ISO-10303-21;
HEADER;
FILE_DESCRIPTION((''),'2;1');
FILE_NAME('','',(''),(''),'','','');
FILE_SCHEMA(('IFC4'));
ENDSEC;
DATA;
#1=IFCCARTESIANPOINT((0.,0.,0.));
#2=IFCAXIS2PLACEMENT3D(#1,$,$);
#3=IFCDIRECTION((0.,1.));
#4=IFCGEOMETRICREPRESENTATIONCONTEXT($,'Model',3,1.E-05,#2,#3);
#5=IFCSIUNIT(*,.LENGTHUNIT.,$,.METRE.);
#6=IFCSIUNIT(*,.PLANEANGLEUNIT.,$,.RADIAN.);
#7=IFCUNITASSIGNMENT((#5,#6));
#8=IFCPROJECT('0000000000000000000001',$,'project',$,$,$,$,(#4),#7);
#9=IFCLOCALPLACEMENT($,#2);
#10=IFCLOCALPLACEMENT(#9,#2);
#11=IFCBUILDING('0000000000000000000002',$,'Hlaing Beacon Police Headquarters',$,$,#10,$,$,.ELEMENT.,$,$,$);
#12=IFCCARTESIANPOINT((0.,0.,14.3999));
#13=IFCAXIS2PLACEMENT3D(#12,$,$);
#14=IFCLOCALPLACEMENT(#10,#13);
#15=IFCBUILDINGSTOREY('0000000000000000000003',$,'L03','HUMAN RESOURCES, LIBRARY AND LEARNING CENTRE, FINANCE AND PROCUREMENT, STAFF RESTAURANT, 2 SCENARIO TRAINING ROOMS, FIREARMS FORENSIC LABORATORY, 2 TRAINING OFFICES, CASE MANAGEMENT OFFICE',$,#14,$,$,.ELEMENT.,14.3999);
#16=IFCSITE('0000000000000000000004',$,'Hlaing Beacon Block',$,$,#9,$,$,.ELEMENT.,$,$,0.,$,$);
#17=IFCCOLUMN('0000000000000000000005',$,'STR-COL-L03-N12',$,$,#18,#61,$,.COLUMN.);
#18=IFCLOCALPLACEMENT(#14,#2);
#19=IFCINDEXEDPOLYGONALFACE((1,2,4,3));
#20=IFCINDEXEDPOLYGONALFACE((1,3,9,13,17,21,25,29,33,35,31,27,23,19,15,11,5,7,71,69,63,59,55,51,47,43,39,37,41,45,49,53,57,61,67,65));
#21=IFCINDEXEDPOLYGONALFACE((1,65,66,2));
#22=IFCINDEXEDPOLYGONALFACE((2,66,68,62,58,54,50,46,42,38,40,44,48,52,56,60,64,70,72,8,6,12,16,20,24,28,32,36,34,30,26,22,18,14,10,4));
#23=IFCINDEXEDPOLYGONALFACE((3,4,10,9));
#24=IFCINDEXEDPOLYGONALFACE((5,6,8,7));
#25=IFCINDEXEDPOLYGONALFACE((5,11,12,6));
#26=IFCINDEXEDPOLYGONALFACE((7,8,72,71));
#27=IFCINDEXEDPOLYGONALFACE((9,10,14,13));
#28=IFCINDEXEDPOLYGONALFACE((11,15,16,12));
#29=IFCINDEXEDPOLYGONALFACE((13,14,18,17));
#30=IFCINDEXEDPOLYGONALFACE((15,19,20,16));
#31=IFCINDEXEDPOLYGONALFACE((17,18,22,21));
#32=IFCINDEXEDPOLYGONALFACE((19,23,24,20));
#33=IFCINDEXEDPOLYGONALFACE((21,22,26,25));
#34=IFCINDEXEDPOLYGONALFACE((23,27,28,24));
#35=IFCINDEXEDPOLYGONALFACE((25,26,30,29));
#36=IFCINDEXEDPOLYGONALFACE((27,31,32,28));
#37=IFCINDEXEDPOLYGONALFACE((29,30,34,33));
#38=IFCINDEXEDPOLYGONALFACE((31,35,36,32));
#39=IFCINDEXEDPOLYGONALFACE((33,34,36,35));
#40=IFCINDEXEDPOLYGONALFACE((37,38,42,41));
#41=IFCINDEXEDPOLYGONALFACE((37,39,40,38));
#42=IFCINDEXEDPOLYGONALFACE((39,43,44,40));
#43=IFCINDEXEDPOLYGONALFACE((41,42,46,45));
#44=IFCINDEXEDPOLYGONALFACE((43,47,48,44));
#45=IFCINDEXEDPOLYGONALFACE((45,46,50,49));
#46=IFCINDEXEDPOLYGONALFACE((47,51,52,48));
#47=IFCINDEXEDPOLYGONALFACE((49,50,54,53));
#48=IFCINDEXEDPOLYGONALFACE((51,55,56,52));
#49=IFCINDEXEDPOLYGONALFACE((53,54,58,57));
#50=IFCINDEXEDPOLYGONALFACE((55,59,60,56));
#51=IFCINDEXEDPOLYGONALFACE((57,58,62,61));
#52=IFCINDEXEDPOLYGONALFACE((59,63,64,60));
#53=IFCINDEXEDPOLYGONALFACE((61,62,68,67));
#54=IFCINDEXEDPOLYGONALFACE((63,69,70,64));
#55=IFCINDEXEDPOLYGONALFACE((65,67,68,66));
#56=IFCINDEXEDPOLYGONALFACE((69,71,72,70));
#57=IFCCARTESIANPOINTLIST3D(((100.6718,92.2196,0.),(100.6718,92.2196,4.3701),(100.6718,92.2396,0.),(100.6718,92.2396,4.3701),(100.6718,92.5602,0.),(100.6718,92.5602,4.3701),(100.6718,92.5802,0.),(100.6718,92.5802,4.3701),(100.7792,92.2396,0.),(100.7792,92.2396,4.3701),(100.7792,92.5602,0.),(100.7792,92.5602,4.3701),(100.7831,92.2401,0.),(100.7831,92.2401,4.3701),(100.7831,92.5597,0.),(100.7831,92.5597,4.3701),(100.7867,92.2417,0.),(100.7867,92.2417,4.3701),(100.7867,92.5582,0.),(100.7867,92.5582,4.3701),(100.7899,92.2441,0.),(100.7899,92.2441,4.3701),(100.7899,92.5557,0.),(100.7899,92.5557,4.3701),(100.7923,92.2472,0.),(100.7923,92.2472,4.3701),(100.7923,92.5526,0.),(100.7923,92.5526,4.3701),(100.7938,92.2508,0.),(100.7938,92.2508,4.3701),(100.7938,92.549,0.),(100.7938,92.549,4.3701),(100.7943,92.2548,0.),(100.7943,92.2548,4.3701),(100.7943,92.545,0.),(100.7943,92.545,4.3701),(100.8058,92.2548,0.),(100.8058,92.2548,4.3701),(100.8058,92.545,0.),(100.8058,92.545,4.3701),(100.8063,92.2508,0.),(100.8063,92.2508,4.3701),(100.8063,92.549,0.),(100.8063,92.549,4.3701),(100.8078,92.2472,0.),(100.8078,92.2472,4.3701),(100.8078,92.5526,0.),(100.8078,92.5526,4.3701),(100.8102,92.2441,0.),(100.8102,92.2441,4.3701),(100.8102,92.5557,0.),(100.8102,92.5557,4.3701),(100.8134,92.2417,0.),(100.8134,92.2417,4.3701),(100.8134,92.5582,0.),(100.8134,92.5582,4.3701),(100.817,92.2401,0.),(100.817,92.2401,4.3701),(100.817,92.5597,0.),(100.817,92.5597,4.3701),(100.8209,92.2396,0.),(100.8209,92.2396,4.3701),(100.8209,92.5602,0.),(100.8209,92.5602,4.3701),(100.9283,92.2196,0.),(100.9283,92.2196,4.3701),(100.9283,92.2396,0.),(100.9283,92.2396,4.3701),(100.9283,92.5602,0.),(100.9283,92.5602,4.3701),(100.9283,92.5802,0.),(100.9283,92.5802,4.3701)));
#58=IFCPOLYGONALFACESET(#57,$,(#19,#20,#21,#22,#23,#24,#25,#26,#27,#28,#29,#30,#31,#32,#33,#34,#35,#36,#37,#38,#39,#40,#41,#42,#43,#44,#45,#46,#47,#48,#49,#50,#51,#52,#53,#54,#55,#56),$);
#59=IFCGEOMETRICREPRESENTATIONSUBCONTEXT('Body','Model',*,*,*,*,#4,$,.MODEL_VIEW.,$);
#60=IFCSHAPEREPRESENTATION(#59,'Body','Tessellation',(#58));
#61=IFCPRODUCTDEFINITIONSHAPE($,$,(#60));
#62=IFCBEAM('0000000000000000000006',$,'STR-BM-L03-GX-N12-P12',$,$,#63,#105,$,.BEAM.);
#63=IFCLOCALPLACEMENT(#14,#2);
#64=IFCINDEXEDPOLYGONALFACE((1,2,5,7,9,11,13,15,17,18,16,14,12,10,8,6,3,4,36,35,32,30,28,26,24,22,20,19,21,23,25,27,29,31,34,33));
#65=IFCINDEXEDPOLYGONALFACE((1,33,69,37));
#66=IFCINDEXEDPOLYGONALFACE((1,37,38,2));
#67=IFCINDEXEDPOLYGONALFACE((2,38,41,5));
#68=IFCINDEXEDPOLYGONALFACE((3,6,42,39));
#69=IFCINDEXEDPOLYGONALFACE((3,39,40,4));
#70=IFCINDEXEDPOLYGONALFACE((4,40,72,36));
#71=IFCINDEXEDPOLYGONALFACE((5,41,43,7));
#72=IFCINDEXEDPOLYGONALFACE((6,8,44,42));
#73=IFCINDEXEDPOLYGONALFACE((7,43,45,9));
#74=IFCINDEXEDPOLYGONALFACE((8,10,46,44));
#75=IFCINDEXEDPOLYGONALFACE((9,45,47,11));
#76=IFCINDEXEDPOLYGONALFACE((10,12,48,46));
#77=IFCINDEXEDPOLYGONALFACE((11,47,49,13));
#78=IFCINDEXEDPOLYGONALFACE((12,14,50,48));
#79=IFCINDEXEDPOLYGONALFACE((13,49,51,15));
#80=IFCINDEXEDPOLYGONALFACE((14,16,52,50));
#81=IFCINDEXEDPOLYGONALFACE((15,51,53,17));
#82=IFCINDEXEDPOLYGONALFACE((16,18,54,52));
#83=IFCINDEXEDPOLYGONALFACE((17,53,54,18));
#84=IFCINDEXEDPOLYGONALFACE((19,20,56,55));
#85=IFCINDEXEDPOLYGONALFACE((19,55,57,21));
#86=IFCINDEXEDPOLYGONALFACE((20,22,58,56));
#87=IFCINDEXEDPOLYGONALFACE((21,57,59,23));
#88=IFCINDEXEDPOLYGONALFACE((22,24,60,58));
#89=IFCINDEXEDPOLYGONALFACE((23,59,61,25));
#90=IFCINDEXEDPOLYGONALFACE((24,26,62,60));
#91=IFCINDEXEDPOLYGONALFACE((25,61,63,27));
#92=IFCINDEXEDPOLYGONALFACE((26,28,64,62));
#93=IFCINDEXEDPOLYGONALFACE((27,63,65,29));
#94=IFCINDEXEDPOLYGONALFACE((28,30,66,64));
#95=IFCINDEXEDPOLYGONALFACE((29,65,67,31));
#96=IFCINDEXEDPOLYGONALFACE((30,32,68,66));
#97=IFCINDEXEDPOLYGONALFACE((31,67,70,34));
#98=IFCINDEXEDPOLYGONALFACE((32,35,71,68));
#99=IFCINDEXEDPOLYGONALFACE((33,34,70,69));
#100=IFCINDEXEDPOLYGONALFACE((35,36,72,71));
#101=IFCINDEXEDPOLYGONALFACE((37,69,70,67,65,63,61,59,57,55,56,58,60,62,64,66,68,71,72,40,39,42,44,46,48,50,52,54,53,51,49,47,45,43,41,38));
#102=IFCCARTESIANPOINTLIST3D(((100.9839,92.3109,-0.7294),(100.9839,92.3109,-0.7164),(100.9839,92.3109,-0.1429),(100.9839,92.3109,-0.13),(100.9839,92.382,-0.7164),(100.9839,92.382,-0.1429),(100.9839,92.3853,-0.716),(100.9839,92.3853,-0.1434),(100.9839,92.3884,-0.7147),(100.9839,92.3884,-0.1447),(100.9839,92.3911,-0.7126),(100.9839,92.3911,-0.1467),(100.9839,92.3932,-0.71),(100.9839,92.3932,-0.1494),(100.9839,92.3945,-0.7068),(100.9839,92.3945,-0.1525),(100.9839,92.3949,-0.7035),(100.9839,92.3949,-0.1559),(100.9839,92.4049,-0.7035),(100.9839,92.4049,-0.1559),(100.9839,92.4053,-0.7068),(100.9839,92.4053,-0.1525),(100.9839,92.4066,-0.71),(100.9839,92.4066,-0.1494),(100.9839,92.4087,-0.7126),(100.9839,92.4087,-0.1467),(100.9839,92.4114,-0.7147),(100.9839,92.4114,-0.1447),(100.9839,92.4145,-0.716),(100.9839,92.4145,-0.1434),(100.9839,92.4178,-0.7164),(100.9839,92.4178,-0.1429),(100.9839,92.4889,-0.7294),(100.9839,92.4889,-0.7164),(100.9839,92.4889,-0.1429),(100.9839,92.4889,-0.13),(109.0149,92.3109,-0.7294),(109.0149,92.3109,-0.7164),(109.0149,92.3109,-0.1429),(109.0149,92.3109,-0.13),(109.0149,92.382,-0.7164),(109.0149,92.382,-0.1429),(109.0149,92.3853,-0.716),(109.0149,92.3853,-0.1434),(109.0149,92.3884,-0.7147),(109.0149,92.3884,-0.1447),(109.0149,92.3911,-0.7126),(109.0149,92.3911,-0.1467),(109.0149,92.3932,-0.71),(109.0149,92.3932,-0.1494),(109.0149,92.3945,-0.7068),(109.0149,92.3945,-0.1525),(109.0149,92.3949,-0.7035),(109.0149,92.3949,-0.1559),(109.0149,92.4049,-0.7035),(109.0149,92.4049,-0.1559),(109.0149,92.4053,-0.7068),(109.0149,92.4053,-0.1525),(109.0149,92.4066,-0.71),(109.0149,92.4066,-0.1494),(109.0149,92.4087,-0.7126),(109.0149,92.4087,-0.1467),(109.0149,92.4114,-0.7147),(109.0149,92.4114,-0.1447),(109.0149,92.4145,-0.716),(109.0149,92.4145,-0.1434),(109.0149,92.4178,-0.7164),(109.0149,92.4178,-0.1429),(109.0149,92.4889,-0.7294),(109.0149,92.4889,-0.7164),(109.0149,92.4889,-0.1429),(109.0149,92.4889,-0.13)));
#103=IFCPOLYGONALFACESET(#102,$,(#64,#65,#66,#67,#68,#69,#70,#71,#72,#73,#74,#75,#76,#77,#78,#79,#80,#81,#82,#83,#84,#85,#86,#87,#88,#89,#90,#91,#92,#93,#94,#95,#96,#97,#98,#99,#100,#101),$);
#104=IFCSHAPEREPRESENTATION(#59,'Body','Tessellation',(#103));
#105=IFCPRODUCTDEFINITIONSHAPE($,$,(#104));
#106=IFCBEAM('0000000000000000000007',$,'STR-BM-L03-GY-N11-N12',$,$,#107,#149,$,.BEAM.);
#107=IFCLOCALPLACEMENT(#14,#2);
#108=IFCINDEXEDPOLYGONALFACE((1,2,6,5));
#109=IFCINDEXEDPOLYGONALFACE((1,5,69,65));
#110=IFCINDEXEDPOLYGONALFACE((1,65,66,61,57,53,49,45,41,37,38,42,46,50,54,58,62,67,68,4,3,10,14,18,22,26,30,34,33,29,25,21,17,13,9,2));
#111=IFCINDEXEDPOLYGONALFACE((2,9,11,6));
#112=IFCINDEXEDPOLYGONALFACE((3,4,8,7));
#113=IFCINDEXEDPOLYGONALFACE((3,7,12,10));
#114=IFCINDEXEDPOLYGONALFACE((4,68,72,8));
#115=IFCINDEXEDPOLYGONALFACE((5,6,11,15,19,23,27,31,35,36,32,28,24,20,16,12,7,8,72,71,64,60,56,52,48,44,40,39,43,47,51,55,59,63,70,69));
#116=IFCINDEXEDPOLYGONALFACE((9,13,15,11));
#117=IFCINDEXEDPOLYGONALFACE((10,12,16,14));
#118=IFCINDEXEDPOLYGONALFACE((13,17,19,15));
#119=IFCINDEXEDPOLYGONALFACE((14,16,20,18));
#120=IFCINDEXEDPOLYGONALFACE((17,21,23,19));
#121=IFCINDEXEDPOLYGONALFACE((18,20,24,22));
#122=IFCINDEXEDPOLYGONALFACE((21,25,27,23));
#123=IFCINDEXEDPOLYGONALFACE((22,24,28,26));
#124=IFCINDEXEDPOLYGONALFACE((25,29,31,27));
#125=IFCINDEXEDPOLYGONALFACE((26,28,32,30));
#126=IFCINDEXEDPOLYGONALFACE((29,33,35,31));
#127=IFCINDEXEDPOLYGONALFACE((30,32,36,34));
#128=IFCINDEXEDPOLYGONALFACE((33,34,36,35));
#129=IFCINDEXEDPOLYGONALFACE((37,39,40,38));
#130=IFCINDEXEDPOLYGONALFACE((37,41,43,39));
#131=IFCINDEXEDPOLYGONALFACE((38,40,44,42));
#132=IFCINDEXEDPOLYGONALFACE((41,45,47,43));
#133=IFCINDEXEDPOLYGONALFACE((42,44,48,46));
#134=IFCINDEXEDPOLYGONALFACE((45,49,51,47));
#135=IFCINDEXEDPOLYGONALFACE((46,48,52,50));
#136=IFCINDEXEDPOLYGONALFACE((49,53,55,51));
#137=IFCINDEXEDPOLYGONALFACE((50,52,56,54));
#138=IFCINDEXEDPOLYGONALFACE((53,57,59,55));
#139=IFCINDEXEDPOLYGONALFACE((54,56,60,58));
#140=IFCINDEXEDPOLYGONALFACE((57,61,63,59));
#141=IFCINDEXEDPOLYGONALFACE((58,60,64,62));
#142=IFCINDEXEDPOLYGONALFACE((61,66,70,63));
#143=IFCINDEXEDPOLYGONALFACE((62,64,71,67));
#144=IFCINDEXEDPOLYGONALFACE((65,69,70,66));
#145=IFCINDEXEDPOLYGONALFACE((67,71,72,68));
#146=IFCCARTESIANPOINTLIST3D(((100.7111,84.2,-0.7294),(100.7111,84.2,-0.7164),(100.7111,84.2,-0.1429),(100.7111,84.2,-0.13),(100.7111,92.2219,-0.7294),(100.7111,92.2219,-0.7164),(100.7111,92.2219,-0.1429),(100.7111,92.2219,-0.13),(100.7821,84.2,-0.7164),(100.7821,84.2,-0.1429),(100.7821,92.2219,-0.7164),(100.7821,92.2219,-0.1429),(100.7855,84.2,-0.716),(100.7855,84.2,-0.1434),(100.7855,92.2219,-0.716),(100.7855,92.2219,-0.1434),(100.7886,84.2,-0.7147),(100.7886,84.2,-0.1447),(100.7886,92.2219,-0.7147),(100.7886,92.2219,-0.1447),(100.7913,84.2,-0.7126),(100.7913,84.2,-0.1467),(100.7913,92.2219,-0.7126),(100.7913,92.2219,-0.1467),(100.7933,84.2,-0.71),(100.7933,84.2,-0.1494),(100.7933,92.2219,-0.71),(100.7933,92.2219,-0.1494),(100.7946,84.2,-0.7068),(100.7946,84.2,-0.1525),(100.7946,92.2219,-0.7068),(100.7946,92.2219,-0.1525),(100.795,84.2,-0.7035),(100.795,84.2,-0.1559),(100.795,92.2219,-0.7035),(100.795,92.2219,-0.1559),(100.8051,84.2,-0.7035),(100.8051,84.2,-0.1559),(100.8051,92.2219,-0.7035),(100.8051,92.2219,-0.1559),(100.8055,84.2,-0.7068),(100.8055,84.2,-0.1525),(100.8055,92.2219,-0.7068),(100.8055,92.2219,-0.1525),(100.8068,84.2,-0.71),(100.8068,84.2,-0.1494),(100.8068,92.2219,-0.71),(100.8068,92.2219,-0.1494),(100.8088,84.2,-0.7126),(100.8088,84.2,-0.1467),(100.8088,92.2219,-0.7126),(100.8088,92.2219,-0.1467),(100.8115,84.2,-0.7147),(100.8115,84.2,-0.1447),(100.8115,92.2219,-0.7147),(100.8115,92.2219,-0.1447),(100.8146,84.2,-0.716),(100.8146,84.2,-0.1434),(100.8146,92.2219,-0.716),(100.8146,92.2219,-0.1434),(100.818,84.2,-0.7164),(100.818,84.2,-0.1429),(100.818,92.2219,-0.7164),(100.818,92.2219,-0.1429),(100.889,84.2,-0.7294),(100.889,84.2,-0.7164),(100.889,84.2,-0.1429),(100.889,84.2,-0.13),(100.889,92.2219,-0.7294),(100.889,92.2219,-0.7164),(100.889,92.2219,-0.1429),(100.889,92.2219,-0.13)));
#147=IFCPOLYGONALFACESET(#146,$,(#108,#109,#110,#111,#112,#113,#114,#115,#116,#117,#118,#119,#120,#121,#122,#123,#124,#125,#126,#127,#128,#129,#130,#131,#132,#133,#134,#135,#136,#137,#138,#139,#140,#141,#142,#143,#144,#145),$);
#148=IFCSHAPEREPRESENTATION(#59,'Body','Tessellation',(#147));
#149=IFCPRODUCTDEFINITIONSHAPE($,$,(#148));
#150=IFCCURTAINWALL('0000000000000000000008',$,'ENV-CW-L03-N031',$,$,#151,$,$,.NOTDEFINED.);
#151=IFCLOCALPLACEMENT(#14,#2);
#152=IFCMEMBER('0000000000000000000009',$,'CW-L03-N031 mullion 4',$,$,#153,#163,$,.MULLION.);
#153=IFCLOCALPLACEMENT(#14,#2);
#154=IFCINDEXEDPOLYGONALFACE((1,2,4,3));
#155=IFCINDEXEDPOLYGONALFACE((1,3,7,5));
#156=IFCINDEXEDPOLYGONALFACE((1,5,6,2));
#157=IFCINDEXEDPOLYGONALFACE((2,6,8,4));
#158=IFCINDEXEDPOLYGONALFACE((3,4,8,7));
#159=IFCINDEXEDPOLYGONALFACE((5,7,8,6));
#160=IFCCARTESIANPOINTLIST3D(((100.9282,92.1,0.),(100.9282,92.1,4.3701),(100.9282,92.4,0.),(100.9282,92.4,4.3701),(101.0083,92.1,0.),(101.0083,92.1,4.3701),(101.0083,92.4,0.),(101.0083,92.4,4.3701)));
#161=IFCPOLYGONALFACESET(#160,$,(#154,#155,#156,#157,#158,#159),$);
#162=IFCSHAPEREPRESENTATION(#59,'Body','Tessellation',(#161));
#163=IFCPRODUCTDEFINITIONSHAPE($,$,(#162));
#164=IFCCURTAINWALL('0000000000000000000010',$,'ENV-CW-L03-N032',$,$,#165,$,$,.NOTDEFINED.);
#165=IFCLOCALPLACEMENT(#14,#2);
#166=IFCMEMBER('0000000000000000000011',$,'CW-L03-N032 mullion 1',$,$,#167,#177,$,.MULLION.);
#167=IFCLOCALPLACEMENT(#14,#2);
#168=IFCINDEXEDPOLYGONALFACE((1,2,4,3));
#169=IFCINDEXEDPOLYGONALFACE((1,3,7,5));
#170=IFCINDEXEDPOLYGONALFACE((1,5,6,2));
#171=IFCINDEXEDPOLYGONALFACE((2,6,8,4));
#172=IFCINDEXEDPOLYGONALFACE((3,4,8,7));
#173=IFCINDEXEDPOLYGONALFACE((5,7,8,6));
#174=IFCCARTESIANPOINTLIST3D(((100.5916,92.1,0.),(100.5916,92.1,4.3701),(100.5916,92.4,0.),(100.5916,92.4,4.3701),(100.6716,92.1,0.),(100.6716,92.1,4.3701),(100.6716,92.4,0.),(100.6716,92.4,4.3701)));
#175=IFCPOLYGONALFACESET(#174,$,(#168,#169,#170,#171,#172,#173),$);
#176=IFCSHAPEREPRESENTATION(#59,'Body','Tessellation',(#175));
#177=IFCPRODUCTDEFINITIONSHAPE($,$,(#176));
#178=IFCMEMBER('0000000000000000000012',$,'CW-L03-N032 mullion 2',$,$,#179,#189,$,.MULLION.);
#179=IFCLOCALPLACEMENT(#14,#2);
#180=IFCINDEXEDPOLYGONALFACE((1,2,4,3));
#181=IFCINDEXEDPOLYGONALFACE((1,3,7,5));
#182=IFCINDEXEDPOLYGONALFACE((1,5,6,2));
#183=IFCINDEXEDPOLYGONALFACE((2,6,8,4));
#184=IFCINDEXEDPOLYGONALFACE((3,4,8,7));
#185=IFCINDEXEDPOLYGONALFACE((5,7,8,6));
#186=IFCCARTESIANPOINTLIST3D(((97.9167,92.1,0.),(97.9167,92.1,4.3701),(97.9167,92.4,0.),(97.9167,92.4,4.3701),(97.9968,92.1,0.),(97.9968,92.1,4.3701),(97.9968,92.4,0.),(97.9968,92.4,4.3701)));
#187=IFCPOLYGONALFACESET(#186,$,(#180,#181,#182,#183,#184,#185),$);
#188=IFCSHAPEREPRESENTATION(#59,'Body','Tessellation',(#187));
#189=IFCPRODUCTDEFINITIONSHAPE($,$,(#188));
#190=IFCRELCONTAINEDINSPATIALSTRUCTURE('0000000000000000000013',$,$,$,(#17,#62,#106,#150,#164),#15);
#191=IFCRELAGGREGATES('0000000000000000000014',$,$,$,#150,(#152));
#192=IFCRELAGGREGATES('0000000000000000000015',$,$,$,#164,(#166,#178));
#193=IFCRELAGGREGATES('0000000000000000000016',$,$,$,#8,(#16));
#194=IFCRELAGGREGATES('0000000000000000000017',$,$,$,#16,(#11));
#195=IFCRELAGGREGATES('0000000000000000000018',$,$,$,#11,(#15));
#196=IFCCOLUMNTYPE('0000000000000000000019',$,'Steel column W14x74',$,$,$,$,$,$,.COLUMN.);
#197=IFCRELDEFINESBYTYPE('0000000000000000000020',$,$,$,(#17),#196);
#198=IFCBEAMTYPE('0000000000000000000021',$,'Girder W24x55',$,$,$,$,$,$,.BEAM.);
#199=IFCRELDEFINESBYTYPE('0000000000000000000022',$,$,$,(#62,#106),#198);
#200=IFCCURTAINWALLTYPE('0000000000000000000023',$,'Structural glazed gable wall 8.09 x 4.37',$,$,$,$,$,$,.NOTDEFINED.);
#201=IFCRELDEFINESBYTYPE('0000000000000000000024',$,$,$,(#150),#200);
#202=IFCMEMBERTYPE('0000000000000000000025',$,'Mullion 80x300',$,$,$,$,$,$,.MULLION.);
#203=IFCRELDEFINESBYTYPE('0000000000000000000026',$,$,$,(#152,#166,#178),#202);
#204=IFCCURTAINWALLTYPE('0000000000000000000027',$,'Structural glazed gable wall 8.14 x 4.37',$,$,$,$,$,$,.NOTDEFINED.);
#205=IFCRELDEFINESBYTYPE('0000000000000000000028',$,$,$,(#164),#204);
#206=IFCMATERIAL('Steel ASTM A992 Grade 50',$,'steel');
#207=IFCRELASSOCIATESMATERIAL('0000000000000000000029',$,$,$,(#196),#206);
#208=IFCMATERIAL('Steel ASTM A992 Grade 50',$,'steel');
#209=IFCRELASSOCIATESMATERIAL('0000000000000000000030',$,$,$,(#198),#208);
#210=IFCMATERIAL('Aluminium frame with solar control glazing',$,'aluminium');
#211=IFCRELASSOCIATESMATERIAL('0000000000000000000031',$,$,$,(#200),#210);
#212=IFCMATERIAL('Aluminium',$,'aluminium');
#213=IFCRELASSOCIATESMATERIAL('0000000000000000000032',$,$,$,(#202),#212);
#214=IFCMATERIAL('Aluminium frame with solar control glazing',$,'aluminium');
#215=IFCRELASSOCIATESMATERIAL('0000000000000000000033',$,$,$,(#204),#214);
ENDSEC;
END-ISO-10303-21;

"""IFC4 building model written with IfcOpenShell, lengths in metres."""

from ifc_helpers import new_model, si_unit, direction, frame, origin, origin_2d, place, context, subcontext, project, spatial, rectangle, i_section, extrude, material, material_profile, profile_set, type_object, element, aggregate, save


model = new_model("IFC4")

# Units and contexts
model_context = context("Model", 3, precision=1e-05, world=origin(), true_north=direction((0.0, 1.0)))
body_context = subcontext(model_context, "Body", "Model", "MODEL_VIEW")
ifc_project = project(units=[si_unit("LENGTHUNIT", "METRE"), si_unit("PLANEANGLEUNIT", "RADIAN")], contexts=[model_context])

# Site, building, storey
site_placement = place(None, origin())
site = spatial("IfcSite", under=ifc_project, at=site_placement, Name="Hlaing Beacon Block", CompositionType="ELEMENT", RefElevation=0.0)
building_placement = place(site_placement, origin())
building = spatial("IfcBuilding", under=site, at=building_placement, Name="Hlaing Beacon Police Headquarters", CompositionType="ELEMENT")
storey_placement = place(building_placement, frame((0.0, 0.0, 14.3999)))
storey = spatial("IfcBuildingStorey", under=building, at=storey_placement, Name="L03", Description="HUMAN RESOURCES, LIBRARY AND LEARNING CENTRE, FINANCE AND PROCUREMENT, STAFF RESTAURANT, 2 SCENARIO TRAINING ROOMS, FIREARMS FORENSIC LABORATORY, 2 TRAINING OFFICES, CASE MANAGEMENT OFFICE", CompositionType="ELEMENT", Elevation=14.3999)

# Column
ifc_material_1 = material(Name="Steel ASTM A992 Grade 50", Category="steel")
ifc_material_profile_1 = material_profile(ifc_material_1, i_section(OverallWidth=0.2566, OverallDepth=0.3606, WebThickness=0.0115, FlangeThickness=0.02, FilletRadius=0.0151, at=origin_2d()), Name="W14x74")
ifc_profile_set_1 = profile_set([ifc_material_profile_1], Name="Steel ASTM A992 Grade 50")
column_type = type_object("IfcColumnType", Name="Steel column W14x74", PredefinedType="COLUMN", material=ifc_profile_set_1)
column_placement = place(storey_placement, frame((100.8, 92.3999, 0.0), z_axis=(0.0, 0.0, 1.0), x_axis=(1.0, 0.0, 0.0)))
element("IfcColumn", 1, at=column_placement, inside=storey, type_object=column_type, Name="STR-COL-L03-N12", PredefinedType="COLUMN", context=body_context, shape_type="SweptSolid", body=[
    extrude(i_section(OverallWidth=0.2566, OverallDepth=0.3606, WebThickness=0.0115, FlangeThickness=0.02, FilletRadius=0.0151, at=origin_2d()), origin(), (0.0, 0.0, 1.0), 4.3701),
])

# Beams
ifc_material_2 = material(Name="Steel ASTM A992 Grade 50", Category="steel")
ifc_material_profile_2 = material_profile(ifc_material_2, i_section(OverallWidth=0.178, OverallDepth=0.5994, WebThickness=0.01, FlangeThickness=0.0129, FilletRadius=0.0129, at=origin_2d()), Name="W24x55")
ifc_profile_set_2 = profile_set([ifc_material_profile_2], Name="Steel ASTM A992 Grade 50")
beam_type_1 = type_object("IfcBeamType", Name="Girder W24x55", PredefinedType="BEAM", material=ifc_profile_set_2)
beam_1_placement = place(storey_placement, frame((100.9839, 92.3999, -0.4297), z_axis=(1.0, 0.0, 0.0), x_axis=(0.0, 1.0, 0.0)))
element("IfcBeam", 2, at=beam_1_placement, inside=storey, type_object=beam_type_1, Name="STR-BM-L03-GX-N12-P12", PredefinedType="BEAM", context=body_context, shape_type="SweptSolid", body=[
    extrude(i_section(OverallWidth=0.178, OverallDepth=0.5994, WebThickness=0.01, FlangeThickness=0.0129, FilletRadius=0.0129, at=origin_2d()), origin(), (0.0, 0.0, 1.0), 8.031),
])
beam_2_placement = place(storey_placement, frame((100.8, 84.2, -0.4297), z_axis=(0.0, 1.0, 0.0), x_axis=(-1.0, 0.0, 0.0)))
element("IfcBeam", 3, at=beam_2_placement, inside=storey, type_object=beam_type_1, Name="STR-BM-L03-GY-N11-N12", PredefinedType="BEAM", context=body_context, shape_type="SweptSolid", body=[
    extrude(i_section(OverallWidth=0.178, OverallDepth=0.5994, WebThickness=0.01, FlangeThickness=0.0129, FilletRadius=0.0129, at=origin_2d()), origin(), (0.0, 0.0, 1.0), 8.022),
])

# Curtain wall, member
ifc_material_3 = material(Name="Aluminium frame with solar control glazing", Category="aluminium")
curtain_wall_type_1 = type_object("IfcCurtainWallType", Name="Structural glazed gable wall 8.09 x 4.37", PredefinedType="NOTDEFINED", material=ifc_material_3)
curtain_wall_1_placement = place(storey_placement, origin())
curtain_wall_1 = element("IfcCurtainWall", 4, at=curtain_wall_1_placement, inside=storey, type_object=curtain_wall_type_1, Name="ENV-CW-L03-N031", PredefinedType="NOTDEFINED")
ifc_material_4 = material(Name="Aluminium", Category="aluminium")
ifc_material_profile_3 = material_profile(ifc_material_4, rectangle(XDim=0.3, YDim=0.0801, at=origin_2d()), Name="Mullion 80x300")
ifc_profile_set_3 = profile_set([ifc_material_profile_3], Name="Aluminium")
member_type_1 = type_object("IfcMemberType", Name="Mullion 80x300", PredefinedType="MULLION", material=ifc_profile_set_3)
member_1_placement = place(storey_placement, frame((100.9683, 92.25, 0.0), z_axis=(0.0, 0.0, 1.0), x_axis=(0.0, -1.0, 0.0)))
member_1 = element("IfcMember", 5, at=member_1_placement, type_object=member_type_1, Name="CW-L03-N031 mullion 4", PredefinedType="MULLION", context=body_context, shape_type="SweptSolid", body=[
    extrude(rectangle(XDim=0.3, YDim=0.0801, at=origin_2d()), origin(), (0.0, 0.0, 1.0), 4.3701),
])

# Curtain wall, members
ifc_material_5 = material(Name="Aluminium frame with solar control glazing", Category="aluminium")
curtain_wall_type_2 = type_object("IfcCurtainWallType", Name="Structural glazed gable wall 8.14 x 4.37", PredefinedType="NOTDEFINED", material=ifc_material_5)
curtain_wall_2_placement = place(storey_placement, origin())
curtain_wall_2 = element("IfcCurtainWall", 6, at=curtain_wall_2_placement, inside=storey, type_object=curtain_wall_type_2, Name="ENV-CW-L03-N032", PredefinedType="NOTDEFINED")
member_2_placement = place(storey_placement, frame((100.6316, 92.25, 0.0), z_axis=(0.0, 0.0, 1.0), x_axis=(0.0, -1.0, 0.0)))
member_2 = element("IfcMember", 7, at=member_2_placement, type_object=member_type_1, Name="CW-L03-N032 mullion 1", PredefinedType="MULLION", context=body_context, shape_type="SweptSolid", body=[
    extrude(rectangle(XDim=0.3, YDim=0.0801, at=origin_2d()), origin(), (0.0, 0.0, 1.0), 4.3701),
])
member_3_placement = place(storey_placement, frame((97.9568, 92.25, 0.0), z_axis=(0.0, 0.0, 1.0), x_axis=(0.0, -1.0, 0.0)))
member_3 = element("IfcMember", 8, at=member_3_placement, type_object=member_type_1, Name="CW-L03-N032 mullion 2", PredefinedType="MULLION", context=body_context, shape_type="SweptSolid", body=[
    extrude(rectangle(XDim=0.3, YDim=0.0801, at=origin_2d()), origin(), (0.0, 0.0, 1.0), 4.3701),
])

aggregate(curtain_wall_1, [member_1])
aggregate(curtain_wall_2, [member_2, member_3])

save(model, "model.ifc")
